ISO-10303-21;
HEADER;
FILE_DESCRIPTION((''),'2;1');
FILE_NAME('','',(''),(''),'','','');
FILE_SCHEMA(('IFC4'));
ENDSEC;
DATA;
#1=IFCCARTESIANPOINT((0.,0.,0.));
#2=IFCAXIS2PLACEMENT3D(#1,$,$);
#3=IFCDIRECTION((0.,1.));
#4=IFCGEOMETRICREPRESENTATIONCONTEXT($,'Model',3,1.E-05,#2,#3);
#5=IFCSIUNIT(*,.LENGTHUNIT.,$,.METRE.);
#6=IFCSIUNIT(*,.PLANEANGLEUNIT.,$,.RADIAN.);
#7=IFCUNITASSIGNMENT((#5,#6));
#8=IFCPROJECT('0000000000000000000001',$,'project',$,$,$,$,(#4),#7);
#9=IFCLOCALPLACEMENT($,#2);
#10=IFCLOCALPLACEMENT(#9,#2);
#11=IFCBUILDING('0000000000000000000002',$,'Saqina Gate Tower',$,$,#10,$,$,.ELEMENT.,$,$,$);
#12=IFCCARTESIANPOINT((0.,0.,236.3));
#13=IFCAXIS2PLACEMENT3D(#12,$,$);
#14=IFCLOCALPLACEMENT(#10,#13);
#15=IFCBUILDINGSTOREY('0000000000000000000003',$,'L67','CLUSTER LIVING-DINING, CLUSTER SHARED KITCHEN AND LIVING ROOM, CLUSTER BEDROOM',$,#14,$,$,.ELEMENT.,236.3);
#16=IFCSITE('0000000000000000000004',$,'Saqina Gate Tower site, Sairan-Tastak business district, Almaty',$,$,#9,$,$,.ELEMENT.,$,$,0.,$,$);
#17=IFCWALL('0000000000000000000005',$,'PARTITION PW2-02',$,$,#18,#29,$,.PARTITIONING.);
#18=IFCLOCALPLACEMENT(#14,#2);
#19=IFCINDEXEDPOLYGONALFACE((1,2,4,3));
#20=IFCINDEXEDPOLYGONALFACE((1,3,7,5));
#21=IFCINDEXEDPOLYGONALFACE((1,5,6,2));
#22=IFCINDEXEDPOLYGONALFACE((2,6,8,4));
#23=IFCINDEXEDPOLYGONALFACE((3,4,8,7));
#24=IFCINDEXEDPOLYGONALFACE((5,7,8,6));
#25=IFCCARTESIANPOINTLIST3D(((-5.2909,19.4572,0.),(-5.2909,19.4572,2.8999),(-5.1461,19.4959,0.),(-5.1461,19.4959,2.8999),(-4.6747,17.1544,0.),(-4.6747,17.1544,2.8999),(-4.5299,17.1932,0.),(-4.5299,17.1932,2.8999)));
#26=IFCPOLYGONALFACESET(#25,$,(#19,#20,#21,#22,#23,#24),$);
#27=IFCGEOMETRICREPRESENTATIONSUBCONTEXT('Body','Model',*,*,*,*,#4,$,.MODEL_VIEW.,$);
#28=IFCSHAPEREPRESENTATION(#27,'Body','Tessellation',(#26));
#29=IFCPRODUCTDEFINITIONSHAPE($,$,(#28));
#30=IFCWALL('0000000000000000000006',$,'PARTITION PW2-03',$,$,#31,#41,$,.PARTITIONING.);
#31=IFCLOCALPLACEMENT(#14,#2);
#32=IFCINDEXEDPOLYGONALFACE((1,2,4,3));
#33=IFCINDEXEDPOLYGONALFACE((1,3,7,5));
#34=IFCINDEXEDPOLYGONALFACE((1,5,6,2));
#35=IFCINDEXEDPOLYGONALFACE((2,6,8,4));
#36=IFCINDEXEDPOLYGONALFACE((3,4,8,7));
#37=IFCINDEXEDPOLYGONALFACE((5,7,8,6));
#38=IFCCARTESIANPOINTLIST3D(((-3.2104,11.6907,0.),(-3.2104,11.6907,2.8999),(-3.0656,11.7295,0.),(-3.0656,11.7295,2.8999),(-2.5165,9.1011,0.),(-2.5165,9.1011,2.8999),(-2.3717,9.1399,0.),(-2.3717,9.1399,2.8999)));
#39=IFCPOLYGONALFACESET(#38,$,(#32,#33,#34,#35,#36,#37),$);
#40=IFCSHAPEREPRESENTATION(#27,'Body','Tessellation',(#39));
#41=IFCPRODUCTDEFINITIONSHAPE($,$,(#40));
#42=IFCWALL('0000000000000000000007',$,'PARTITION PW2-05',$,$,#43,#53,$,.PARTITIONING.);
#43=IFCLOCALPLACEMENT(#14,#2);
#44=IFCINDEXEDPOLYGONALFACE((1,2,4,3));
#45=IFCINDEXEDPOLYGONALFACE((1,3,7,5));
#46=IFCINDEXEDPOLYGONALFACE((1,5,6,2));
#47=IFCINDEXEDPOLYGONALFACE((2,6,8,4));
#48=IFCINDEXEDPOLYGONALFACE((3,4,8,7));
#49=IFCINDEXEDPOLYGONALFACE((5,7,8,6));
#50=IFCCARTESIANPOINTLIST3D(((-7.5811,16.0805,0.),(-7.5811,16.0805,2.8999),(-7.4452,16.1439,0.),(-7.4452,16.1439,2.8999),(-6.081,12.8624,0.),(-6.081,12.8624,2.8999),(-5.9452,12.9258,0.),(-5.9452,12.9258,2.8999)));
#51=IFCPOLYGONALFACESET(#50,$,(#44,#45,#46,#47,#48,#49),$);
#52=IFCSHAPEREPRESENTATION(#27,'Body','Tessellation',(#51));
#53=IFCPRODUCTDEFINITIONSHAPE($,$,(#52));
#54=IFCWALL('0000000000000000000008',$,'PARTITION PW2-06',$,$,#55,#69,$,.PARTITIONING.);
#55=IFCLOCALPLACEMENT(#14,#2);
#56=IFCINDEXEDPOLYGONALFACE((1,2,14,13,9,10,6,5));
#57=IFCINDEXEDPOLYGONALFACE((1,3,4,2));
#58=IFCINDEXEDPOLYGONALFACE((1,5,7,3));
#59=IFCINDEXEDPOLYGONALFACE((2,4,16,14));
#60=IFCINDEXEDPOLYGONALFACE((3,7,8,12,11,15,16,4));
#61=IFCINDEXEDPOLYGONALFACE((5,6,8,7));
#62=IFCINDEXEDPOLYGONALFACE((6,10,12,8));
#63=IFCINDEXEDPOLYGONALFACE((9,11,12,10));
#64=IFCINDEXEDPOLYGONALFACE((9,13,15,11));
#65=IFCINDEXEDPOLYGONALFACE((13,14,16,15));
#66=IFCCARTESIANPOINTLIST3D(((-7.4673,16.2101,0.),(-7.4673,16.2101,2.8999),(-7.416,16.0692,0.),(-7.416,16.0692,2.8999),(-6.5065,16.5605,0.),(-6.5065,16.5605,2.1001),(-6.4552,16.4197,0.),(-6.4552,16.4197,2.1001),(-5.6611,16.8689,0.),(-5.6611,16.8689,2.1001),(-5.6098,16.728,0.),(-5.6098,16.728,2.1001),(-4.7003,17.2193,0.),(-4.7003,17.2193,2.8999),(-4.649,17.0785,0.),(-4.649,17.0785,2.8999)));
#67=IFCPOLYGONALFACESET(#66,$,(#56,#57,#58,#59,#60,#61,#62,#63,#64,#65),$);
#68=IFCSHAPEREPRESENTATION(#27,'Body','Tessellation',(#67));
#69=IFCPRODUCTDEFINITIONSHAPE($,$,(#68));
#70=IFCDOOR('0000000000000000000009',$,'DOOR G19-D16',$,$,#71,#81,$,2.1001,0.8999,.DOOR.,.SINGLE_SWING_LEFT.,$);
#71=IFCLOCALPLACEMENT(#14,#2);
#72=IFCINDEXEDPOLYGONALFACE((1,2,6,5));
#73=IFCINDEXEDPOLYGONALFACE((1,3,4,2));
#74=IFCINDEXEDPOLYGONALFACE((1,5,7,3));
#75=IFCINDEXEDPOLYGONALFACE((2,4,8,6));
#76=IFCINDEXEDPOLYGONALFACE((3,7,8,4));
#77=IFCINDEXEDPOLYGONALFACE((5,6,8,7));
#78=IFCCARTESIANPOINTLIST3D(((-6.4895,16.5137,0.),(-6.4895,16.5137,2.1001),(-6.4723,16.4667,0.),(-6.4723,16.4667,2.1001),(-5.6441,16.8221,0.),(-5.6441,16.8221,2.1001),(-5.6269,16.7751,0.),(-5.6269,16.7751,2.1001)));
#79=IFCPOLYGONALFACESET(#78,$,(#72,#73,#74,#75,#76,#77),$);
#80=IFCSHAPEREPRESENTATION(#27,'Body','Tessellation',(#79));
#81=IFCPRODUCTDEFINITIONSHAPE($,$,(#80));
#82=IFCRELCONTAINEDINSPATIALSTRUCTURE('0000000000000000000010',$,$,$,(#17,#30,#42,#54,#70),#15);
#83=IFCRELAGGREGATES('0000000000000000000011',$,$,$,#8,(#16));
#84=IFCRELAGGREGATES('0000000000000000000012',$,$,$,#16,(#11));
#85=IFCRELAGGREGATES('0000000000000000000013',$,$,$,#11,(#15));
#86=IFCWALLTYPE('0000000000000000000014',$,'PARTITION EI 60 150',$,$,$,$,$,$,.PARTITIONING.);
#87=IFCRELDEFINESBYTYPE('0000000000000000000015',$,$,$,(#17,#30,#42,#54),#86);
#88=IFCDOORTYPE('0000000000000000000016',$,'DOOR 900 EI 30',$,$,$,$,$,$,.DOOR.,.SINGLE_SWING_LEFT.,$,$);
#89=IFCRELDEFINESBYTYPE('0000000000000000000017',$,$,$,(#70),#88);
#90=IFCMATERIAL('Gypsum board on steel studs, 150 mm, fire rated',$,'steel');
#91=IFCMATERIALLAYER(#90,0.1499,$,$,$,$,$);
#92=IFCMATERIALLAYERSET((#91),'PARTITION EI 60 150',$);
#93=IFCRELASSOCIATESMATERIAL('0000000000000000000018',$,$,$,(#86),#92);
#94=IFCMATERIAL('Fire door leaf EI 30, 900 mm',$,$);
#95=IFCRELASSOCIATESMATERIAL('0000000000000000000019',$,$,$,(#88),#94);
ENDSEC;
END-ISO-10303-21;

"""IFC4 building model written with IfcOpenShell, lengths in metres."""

from ifc_helpers import new_model, si_unit, direction, frame, frame_2d, origin, place, context, subcontext, project, spatial, rectangle, extrude, material, layer, layer_set, type_object, element, fill, save


model = new_model("IFC4")

# Units and contexts
model_context = context("Model", 3, precision=1e-05, world=origin(), true_north=direction((0.0, 1.0)))
body_context = subcontext(model_context, "Body", "Model", "MODEL_VIEW")
ifc_project = project(units=[si_unit("LENGTHUNIT", "METRE"), si_unit("PLANEANGLEUNIT", "RADIAN")], contexts=[model_context])

# Site, building, storey
site_placement = place(None, origin())
site = spatial("IfcSite", under=ifc_project, at=site_placement, Name="Saqina Gate Tower site, Sairan-Tastak business district, Almaty", CompositionType="ELEMENT", RefElevation=0.0)
building_placement = place(site_placement, origin())
building = spatial("IfcBuilding", under=site, at=building_placement, Name="Saqina Gate Tower", CompositionType="ELEMENT")
storey_placement = place(building_placement, frame((0.0, 0.0, 236.3)))
storey = spatial("IfcBuildingStorey", under=building, at=storey_placement, Name="L67", Description="CLUSTER LIVING-DINING, CLUSTER SHARED KITCHEN AND LIVING ROOM, CLUSTER BEDROOM", CompositionType="ELEMENT", Elevation=236.3)

# Walls
ifc_material_1 = material(Name="Gypsum board on steel studs, 150 mm, fire rated", Category="steel")
ifc_layer_1 = layer(ifc_material_1, 0.1499)
ifc_layer_set_1 = layer_set([ifc_layer_1], Name="PARTITION EI 60 150")
wall_type_1 = type_object("IfcWallType", Name="PARTITION EI 60 150", PredefinedType="PARTITIONING", material=ifc_layer_set_1)
wall_1_placement = place(storey_placement, frame((-5.2185, 19.4766, 0.0), z_axis=(0.0, 0.0, 1.0), x_axis=(0.258504, -0.96601, 0.0)))
element("IfcWall", 1, at=wall_1_placement, inside=storey, type_object=wall_type_1, Name="PARTITION PW2-02", PredefinedType="PARTITIONING", context=body_context, shape_type="SweptSolid", body=[
    extrude(rectangle(XDim=2.3838, YDim=0.1499, at=frame_2d((1.1919, 0.0))), origin(), (0.0, 0.0, 1.0), 2.8999),
])
wall_2_placement = place(storey_placement, frame((-3.1379, 11.71, 0.0), z_axis=(0.0, 0.0, 1.0), x_axis=(0.258807, -0.965929, 0.0)))
element("IfcWall", 2, at=wall_2_placement, inside=storey, type_object=wall_type_1, Name="PARTITION PW2-03", PredefinedType="PARTITIONING", context=body_context, shape_type="SweptSolid", body=[
    extrude(rectangle(XDim=2.6809, YDim=0.1499, at=frame_2d((1.3403, 0.0))), origin(), (0.0, 0.0, 1.0), 2.8999),
])
wall_3_placement = place(storey_placement, frame((-7.5132, 16.1123, 0.0), z_axis=(0.0, 0.0, 1.0), x_axis=(0.422483, -0.906371, 0.0)))
element("IfcWall", 3, at=wall_3_placement, inside=storey, type_object=wall_type_1, Name="PARTITION PW2-05", PredefinedType="PARTITIONING", context=body_context, shape_type="SweptSolid", body=[
    extrude(rectangle(XDim=3.5505, YDim=0.1499, at=frame_2d((1.7754, 0.0))), origin(), (0.0, 0.0, 1.0), 2.8999),
])

# Wall, opening, door
wall_4_placement = place(storey_placement, frame((-7.4417, 16.1396, 0.0), z_axis=(0.0, 0.0, 1.0), x_axis=(0.939459, 0.342661, 0.0)))
wall_4 = element("IfcWall", 4, at=wall_4_placement, inside=storey, type_object=wall_type_1, Name="PARTITION PW2-06", PredefinedType="PARTITIONING", context=body_context, shape_type="SweptSolid", body=[
    extrude(rectangle(XDim=2.9453, YDim=0.1499, at=frame_2d((1.4727, 0.0))), origin(), (0.0, 0.0, 1.0), 2.8999),
])
opening_1_placement = place(wall_4_placement, frame((1.0227, 0.0, 0.0)))
opening_1 = element("IfcOpeningElement", 5, at=opening_1_placement, cuts=wall_4, PredefinedType="OPENING", context=body_context, shape_type="SweptSolid", body=[
    extrude(rectangle(XDim=0.8999, YDim=2.1001, at=frame_2d((0.45, 1.05))), frame((0.0, 0.0869, 0.0), z_axis=(0.0, -1.0, 0.0), x_axis=(1.0, 0.0, 0.0)), (0.0, 0.0, 1.0), 0.1738),
])
ifc_material_2 = material(Name="Fire door leaf EI 30, 900 mm")
door_type_1 = type_object("IfcDoorType", Name="DOOR 900 EI 30", OperationType="SINGLE_SWING_LEFT", PredefinedType="DOOR", material=ifc_material_2)
door_1_placement = place(opening_1_placement, frame((0.8999, 0.0, 0.0), z_axis=(0.0, 0.0, 1.0), x_axis=(-1.0, 0.0, 0.0)))
door_1 = element("IfcDoor", 6, at=door_1_placement, inside=storey, type_object=door_type_1, Name="DOOR G19-D16", OperationType="SINGLE_SWING_LEFT", OverallHeight=2.1001, OverallWidth=0.8999, PredefinedType="DOOR", context=body_context, shape_type="SweptSolid", body=[
    extrude(rectangle(XDim=0.8999, YDim=2.1001, at=frame_2d((0.45, 1.05))), frame((0.0, 0.0249, 0.0), z_axis=(0.0, -1.0, 0.0), x_axis=(1.0, 0.0, 0.0)), (0.0, 0.0, 1.0), 0.05),
])
fill(opening_1, door_1)

save(model, "model.ifc")
